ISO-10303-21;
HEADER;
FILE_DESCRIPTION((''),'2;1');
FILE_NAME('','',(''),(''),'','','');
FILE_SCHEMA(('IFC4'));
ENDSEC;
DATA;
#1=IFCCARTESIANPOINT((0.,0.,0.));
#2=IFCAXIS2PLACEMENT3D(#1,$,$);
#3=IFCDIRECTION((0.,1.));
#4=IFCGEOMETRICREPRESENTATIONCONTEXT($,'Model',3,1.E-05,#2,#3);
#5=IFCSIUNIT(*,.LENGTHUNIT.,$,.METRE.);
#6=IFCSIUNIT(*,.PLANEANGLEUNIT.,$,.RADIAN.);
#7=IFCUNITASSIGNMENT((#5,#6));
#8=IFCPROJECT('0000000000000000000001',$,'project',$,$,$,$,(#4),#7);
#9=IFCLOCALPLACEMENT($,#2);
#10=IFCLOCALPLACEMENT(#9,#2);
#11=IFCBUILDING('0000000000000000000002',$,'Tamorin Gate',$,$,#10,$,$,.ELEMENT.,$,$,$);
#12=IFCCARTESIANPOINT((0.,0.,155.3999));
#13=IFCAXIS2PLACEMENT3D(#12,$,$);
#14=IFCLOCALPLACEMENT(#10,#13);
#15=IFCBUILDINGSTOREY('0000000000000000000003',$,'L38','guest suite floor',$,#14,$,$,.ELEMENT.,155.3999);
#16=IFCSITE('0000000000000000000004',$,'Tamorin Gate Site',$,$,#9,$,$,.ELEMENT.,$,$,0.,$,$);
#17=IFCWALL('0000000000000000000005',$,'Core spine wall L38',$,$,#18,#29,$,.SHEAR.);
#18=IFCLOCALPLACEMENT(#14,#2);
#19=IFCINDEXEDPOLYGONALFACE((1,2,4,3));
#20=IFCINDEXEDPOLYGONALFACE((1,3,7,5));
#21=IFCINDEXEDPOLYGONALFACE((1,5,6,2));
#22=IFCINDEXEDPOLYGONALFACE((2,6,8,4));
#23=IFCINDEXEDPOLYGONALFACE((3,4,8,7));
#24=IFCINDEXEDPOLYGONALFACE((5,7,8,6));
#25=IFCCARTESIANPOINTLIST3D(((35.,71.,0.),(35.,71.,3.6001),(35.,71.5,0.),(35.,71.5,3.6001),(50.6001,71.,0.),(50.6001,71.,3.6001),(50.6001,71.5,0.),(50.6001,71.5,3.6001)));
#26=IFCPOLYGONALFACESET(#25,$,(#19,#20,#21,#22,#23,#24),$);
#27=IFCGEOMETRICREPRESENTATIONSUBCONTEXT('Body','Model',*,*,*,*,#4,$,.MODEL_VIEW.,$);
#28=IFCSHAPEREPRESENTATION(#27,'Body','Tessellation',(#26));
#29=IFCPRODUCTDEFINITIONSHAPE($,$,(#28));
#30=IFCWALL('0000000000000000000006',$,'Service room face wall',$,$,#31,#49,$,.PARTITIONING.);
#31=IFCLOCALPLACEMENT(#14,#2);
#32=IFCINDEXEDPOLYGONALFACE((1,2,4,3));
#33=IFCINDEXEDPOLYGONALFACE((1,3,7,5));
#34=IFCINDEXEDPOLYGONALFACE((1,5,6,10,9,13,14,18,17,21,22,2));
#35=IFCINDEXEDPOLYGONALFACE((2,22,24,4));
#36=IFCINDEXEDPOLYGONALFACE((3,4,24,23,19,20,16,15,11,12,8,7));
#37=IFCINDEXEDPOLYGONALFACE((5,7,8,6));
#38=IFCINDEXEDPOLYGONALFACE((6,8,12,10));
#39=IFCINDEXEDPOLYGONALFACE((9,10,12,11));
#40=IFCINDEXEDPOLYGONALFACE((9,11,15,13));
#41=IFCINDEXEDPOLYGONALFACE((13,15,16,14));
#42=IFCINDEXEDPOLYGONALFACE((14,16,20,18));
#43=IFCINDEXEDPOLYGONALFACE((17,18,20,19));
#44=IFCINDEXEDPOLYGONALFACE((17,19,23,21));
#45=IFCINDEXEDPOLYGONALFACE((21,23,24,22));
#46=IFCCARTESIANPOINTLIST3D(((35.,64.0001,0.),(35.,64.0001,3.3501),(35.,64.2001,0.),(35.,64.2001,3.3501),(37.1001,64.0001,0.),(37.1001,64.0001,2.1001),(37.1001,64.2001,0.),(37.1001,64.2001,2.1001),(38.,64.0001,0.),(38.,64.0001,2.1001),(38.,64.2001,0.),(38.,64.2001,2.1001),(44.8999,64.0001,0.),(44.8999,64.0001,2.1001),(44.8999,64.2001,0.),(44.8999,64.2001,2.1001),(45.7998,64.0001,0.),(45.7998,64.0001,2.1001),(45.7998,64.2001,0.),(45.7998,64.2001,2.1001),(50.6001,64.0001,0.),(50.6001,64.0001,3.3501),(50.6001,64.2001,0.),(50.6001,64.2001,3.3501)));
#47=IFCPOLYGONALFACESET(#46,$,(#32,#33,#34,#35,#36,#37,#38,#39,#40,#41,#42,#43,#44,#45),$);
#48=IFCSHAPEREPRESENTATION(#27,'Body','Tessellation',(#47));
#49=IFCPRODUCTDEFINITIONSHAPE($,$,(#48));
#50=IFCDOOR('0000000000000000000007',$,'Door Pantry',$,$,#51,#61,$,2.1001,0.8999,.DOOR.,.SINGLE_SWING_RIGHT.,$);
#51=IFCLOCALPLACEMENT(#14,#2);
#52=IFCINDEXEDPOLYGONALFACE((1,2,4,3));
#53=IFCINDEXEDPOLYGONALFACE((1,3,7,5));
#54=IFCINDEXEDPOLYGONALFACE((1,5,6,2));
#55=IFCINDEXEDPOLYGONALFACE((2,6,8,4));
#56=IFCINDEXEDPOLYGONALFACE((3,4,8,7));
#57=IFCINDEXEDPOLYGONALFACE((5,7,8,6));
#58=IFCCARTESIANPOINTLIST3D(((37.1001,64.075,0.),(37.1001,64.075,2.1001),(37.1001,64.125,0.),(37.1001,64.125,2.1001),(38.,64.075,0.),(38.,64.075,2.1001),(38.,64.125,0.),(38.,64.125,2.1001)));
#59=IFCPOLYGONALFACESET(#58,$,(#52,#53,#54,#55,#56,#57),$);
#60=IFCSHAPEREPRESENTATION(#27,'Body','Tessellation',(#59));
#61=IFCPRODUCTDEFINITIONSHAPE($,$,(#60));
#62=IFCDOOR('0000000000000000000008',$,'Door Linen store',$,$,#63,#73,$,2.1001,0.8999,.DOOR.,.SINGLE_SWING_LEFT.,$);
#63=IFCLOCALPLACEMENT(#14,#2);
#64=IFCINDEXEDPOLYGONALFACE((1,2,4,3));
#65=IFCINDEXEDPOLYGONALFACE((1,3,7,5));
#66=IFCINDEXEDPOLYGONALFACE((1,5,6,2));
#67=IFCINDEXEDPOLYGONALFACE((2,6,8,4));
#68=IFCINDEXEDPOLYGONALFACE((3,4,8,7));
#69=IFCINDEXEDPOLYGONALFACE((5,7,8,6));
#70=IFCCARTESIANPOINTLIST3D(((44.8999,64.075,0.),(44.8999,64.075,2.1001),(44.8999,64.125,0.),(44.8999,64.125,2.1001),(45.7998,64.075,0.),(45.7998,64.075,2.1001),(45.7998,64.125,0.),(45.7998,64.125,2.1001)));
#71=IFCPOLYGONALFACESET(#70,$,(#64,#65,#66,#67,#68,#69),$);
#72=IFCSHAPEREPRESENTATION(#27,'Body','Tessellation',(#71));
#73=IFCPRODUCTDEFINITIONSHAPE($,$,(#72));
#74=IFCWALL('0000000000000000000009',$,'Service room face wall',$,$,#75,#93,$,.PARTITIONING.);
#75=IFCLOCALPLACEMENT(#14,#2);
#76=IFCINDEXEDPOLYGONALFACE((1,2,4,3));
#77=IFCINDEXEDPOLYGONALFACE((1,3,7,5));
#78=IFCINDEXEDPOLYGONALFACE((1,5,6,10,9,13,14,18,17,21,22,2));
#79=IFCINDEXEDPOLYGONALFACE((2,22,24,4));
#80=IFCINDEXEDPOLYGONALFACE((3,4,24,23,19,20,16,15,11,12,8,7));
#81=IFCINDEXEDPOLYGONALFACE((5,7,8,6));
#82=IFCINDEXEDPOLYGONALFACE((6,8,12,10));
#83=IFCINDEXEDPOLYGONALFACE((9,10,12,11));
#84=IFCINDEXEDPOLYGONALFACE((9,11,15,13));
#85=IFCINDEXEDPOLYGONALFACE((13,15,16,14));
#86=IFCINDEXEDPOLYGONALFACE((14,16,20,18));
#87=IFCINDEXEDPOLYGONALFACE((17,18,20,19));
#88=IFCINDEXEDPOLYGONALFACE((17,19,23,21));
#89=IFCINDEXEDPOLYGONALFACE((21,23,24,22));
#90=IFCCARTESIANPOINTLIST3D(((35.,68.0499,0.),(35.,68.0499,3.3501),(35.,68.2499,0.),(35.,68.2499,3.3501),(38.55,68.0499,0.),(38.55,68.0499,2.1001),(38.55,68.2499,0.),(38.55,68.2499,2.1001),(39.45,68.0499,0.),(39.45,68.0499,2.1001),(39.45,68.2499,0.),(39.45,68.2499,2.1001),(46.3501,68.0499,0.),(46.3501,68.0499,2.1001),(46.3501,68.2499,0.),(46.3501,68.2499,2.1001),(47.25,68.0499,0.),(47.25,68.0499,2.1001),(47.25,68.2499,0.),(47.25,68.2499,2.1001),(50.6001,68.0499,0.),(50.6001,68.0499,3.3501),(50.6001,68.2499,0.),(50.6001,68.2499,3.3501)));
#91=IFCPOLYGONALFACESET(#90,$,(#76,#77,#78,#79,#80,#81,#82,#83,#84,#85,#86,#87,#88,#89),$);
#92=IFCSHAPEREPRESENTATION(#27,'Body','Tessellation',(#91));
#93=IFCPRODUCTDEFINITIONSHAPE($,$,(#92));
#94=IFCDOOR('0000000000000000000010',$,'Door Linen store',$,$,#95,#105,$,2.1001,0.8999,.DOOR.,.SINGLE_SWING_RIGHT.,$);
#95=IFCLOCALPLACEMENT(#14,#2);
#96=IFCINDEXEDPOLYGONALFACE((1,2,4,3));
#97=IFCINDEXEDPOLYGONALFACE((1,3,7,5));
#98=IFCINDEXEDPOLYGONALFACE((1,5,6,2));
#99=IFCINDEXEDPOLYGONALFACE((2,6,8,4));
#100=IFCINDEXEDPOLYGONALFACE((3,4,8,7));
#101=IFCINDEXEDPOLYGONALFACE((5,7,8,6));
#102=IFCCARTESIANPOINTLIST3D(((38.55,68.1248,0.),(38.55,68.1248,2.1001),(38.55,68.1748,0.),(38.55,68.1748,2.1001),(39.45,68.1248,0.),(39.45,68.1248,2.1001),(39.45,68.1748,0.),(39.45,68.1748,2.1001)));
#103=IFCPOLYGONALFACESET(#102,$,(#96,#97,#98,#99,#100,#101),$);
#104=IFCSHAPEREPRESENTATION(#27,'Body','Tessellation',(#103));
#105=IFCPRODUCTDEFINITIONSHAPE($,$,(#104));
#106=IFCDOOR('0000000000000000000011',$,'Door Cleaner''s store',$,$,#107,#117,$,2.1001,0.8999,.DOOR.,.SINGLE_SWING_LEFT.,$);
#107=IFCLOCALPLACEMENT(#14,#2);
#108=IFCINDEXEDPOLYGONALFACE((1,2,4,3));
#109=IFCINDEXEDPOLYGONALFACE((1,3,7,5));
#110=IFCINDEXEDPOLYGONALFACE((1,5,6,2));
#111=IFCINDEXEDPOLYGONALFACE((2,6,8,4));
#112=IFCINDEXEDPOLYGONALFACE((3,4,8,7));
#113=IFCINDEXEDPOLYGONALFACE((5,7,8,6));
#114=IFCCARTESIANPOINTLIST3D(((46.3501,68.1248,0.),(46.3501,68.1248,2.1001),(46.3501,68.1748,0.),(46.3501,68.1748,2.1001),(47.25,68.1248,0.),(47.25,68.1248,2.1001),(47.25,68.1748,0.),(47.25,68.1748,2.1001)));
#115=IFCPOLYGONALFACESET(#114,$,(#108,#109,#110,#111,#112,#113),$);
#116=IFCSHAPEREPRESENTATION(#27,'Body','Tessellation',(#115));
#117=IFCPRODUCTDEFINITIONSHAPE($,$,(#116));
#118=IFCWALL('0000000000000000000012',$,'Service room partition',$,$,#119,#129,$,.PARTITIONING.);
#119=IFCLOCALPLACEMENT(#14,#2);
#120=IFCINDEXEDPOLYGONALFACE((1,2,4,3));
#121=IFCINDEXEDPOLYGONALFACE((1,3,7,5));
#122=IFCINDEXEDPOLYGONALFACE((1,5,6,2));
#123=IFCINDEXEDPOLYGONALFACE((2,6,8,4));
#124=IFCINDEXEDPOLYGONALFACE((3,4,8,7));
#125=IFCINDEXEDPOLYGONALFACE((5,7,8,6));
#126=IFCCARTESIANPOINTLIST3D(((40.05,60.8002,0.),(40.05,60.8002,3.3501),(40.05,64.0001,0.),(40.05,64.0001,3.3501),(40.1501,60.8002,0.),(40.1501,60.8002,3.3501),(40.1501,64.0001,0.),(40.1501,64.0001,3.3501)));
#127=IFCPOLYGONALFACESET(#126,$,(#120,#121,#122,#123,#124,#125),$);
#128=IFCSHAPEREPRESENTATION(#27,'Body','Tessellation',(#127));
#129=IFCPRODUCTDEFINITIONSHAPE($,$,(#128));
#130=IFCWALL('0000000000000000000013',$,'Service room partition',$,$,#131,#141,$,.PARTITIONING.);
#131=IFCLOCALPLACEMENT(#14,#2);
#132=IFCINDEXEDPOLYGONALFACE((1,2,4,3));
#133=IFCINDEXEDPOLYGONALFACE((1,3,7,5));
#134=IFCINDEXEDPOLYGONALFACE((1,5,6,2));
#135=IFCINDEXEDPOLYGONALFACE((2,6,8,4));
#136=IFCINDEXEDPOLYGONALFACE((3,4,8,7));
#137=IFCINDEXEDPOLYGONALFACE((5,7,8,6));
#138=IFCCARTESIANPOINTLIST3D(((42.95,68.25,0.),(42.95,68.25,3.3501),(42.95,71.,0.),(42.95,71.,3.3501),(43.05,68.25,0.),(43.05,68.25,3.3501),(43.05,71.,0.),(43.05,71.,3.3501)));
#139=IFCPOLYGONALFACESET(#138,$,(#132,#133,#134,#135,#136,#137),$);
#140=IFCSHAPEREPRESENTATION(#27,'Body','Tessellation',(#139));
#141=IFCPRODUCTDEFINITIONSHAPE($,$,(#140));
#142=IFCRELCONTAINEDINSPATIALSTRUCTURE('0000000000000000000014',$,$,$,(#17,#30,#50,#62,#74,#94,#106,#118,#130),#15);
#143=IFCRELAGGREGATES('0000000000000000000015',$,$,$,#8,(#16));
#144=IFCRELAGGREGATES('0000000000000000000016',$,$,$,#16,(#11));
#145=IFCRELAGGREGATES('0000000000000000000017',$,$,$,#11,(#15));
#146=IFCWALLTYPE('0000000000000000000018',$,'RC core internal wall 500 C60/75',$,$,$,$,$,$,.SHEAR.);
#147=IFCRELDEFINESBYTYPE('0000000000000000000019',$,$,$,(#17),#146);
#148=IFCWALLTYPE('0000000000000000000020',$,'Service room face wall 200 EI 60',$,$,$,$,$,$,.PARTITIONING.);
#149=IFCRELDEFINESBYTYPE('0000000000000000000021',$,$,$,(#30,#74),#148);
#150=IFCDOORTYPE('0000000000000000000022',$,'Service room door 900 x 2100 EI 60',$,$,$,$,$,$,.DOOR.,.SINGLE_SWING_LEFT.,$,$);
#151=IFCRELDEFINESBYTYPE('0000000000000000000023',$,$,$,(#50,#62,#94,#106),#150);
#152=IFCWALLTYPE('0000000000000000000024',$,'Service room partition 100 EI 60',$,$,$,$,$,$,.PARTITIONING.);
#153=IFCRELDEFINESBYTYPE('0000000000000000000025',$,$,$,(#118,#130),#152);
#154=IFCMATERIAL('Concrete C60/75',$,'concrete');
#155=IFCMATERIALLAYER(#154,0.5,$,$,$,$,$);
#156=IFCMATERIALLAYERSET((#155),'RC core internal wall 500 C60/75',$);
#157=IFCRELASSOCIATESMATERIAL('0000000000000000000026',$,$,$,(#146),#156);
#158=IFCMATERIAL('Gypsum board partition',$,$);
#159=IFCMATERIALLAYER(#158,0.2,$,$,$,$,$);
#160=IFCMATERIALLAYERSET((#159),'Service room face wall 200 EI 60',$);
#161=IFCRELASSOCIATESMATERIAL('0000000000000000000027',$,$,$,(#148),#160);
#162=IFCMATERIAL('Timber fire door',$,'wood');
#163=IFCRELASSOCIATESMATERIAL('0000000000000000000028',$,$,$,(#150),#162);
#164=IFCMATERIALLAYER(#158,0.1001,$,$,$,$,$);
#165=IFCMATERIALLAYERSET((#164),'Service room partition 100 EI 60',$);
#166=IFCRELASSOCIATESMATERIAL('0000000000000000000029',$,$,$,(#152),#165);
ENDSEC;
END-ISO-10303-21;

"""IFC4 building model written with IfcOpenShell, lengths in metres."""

from ifc_helpers import new_model, si_unit, direction, frame, frame_2d, origin, place, context, subcontext, project, spatial, rectangle, extrude, material, layer, layer_set, type_object, element, fill, save


model = new_model("IFC4")

# Units and contexts
model_context = context("Model", 3, precision=1e-05, world=origin(), true_north=direction((0.0, 1.0)))
body_context = subcontext(model_context, "Body", "Model", "MODEL_VIEW")
ifc_project = project(units=[si_unit("LENGTHUNIT", "METRE"), si_unit("PLANEANGLEUNIT", "RADIAN")], contexts=[model_context])

# Site, building, storey
site_placement = place(None, origin())
site = spatial("IfcSite", under=ifc_project, at=site_placement, Name="Tamorin Gate Site", CompositionType="ELEMENT", RefElevation=0.0)
building_placement = place(site_placement, origin())
building = spatial("IfcBuilding", under=site, at=building_placement, Name="Tamorin Gate", CompositionType="ELEMENT")
storey_placement = place(building_placement, frame((0.0, 0.0, 155.3999)))
storey = spatial("IfcBuildingStorey", under=building, at=storey_placement, Name="L38", Description="guest suite floor", CompositionType="ELEMENT", Elevation=155.3999)

# Wall
ifc_material_1 = material(Name="Concrete C60/75", Category="concrete")
ifc_layer_1 = layer(ifc_material_1, 0.5)
ifc_layer_set_1 = layer_set([ifc_layer_1], Name="RC core internal wall 500 C60/75")
wall_type_1 = type_object("IfcWallType", Name="RC core internal wall 500 C60/75", PredefinedType="SHEAR", material=ifc_layer_set_1)
wall_1_placement = place(storey_placement, frame((35.0, 71.25, 0.0), z_axis=(0.0, 0.0, 1.0), x_axis=(1.0, 0.0, 0.0)))
element("IfcWall", 1, at=wall_1_placement, inside=storey, type_object=wall_type_1, Name="Core spine wall L38", PredefinedType="SHEAR", context=body_context, shape_type="SweptSolid", body=[
    extrude(rectangle(XDim=15.6001, YDim=0.5, at=frame_2d((7.8, 0.0))), origin(), (0.0, 0.0, 1.0), 3.6001),
])

# Walls, openings, doors
ifc_material_2 = material(Name="Gypsum board partition")
ifc_layer_2 = layer(ifc_material_2, 0.2)
ifc_layer_set_2 = layer_set([ifc_layer_2], Name="Service room face wall 200 EI 60")
wall_type_2 = type_object("IfcWallType", Name="Service room face wall 200 EI 60", PredefinedType="PARTITIONING", material=ifc_layer_set_2)
wall_2_placement = place(storey_placement, frame((35.0, 64.1001, 0.0), z_axis=(0.0, 0.0, 1.0), x_axis=(1.0, 0.0, 0.0)))
wall_2 = element("IfcWall", 2, at=wall_2_placement, inside=storey, type_object=wall_type_2, Name="Service room face wall", PredefinedType="PARTITIONING", context=body_context, shape_type="SweptSolid", body=[
    extrude(rectangle(XDim=15.6001, YDim=0.2, at=frame_2d((7.8, 0.0))), origin(), (0.0, 0.0, 1.0), 3.3501),
])
opening_1_placement = place(wall_2_placement, frame((2.1001, 0.0, 0.0)))
opening_1 = element("IfcOpeningElement", 3, at=opening_1_placement, cuts=wall_2, PredefinedType="OPENING", context=body_context, shape_type="SweptSolid", body=[
    extrude(rectangle(XDim=0.8999, YDim=2.1001, at=frame_2d((0.45, 1.05))), frame((0.0, 0.1099, 0.0), z_axis=(0.0, -1.0, 0.0), x_axis=(1.0, 0.0, 0.0)), (0.0, 0.0, 1.0), 0.22),
])
opening_2_placement = place(wall_2_placement, frame((9.8999, 0.0, 0.0)))
opening_2 = element("IfcOpeningElement", 4, at=opening_2_placement, cuts=wall_2, PredefinedType="OPENING", context=body_context, shape_type="SweptSolid", body=[
    extrude(rectangle(XDim=0.8999, YDim=2.1001, at=frame_2d((0.45, 1.05))), frame((0.0, 0.1099, 0.0), z_axis=(0.0, -1.0, 0.0), x_axis=(1.0, 0.0, 0.0)), (0.0, 0.0, 1.0), 0.22),
])
ifc_material_3 = material(Name="Timber fire door", Category="wood")
door_type = type_object("IfcDoorType", Name="Service room door 900 x 2100 EI 60", OperationType="SINGLE_SWING_LEFT", PredefinedType="DOOR", material=ifc_material_3)
door_1_placement = place(opening_1_placement, origin())
door_1 = element("IfcDoor", 5, at=door_1_placement, inside=storey, type_object=door_type, Name="Door Pantry", OperationType="SINGLE_SWING_RIGHT", OverallHeight=2.1001, OverallWidth=0.8999, PredefinedType="DOOR", context=body_context, shape_type="SweptSolid", body=[
    extrude(rectangle(XDim=0.8999, YDim=2.1001, at=frame_2d((0.45, 1.05))), frame((0.0, 0.0249, 0.0), z_axis=(0.0, -1.0, 0.0), x_axis=(1.0, 0.0, 0.0)), (0.0, 0.0, 1.0), 0.05),
])
fill(opening_1, door_1)
door_2_placement = place(opening_2_placement, origin())
door_2 = element("IfcDoor", 6, at=door_2_placement, inside=storey, type_object=door_type, Name="Door Linen store", OperationType="SINGLE_SWING_LEFT", OverallHeight=2.1001, OverallWidth=0.8999, PredefinedType="DOOR", context=body_context, shape_type="SweptSolid", body=[
    extrude(rectangle(XDim=0.8999, YDim=2.1001, at=frame_2d((0.45, 1.05))), frame((0.0, 0.0249, 0.0), z_axis=(0.0, -1.0, 0.0), x_axis=(1.0, 0.0, 0.0)), (0.0, 0.0, 1.0), 0.05),
])
fill(opening_2, door_2)
wall_3_placement = place(storey_placement, frame((35.0, 68.1499, 0.0), z_axis=(0.0, 0.0, 1.0), x_axis=(1.0, 0.0, 0.0)))
wall_3 = element("IfcWall", 7, at=wall_3_placement, inside=storey, type_object=wall_type_2, Name="Service room face wall", PredefinedType="PARTITIONING", context=body_context, shape_type="SweptSolid", body=[
    extrude(rectangle(XDim=15.6001, YDim=0.2, at=frame_2d((7.8, 0.0))), origin(), (0.0, 0.0, 1.0), 3.3501),
])
opening_3_placement = place(wall_3_placement, frame((3.55, 0.0, 0.0)))
opening_3 = element("IfcOpeningElement", 8, at=opening_3_placement, cuts=wall_3, PredefinedType="OPENING", context=body_context, shape_type="SweptSolid", body=[
    extrude(rectangle(XDim=0.8999, YDim=2.1001, at=frame_2d((0.45, 1.05))), frame((0.0, 0.1099, 0.0), z_axis=(0.0, -1.0, 0.0), x_axis=(1.0, 0.0, 0.0)), (0.0, 0.0, 1.0), 0.22),
])
opening_4_placement = place(wall_3_placement, frame((11.3501, 0.0, 0.0)))
opening_4 = element("IfcOpeningElement", 9, at=opening_4_placement, cuts=wall_3, PredefinedType="OPENING", context=body_context, shape_type="SweptSolid", body=[
    extrude(rectangle(XDim=0.8999, YDim=2.1001, at=frame_2d((0.45, 1.05))), frame((0.0, 0.1099, 0.0), z_axis=(0.0, -1.0, 0.0), x_axis=(1.0, 0.0, 0.0)), (0.0, 0.0, 1.0), 0.22),
])
door_3_placement = place(opening_3_placement, origin())
door_3 = element("IfcDoor", 10, at=door_3_placement, inside=storey, type_object=door_type, Name="Door Linen store", OperationType="SINGLE_SWING_RIGHT", OverallHeight=2.1001, OverallWidth=0.8999, PredefinedType="DOOR", context=body_context, shape_type="SweptSolid", body=[
    extrude(rectangle(XDim=0.8999, YDim=2.1001, at=frame_2d((0.45, 1.05))), frame((0.0, 0.0249, 0.0), z_axis=(0.0, -1.0, 0.0), x_axis=(1.0, 0.0, 0.0)), (0.0, 0.0, 1.0), 0.05),
])
fill(opening_3, door_3)
door_4_placement = place(opening_4_placement, origin())
door_4 = element("IfcDoor", 11, at=door_4_placement, inside=storey, type_object=door_type, Name="Door Cleaner's store", OperationType="SINGLE_SWING_LEFT", OverallHeight=2.1001, OverallWidth=0.8999, PredefinedType="DOOR", context=body_context, shape_type="SweptSolid", body=[
    extrude(rectangle(XDim=0.8999, YDim=2.1001, at=frame_2d((0.45, 1.05))), frame((0.0, 0.0249, 0.0), z_axis=(0.0, -1.0, 0.0), x_axis=(1.0, 0.0, 0.0)), (0.0, 0.0, 1.0), 0.05),
])
fill(opening_4, door_4)

# Walls
ifc_layer_3 = layer(ifc_material_2, 0.1001)
ifc_layer_set_3 = layer_set([ifc_layer_3], Name="Service room partition 100 EI 60")
wall_type_3 = type_object("IfcWallType", Name="Service room partition 100 EI 60", PredefinedType="PARTITIONING", material=ifc_layer_set_3)
wall_4_placement = place(storey_placement, frame((40.1001, 60.8, 0.0), z_axis=(0.0, 0.0, 1.0), x_axis=(0.0, 1.0, 0.0)))
element("IfcWall", 12, at=wall_4_placement, inside=storey, type_object=wall_type_3, Name="Service room partition", PredefinedType="PARTITIONING", context=body_context, shape_type="SweptSolid", body=[
    extrude(rectangle(XDim=3.2, YDim=0.1001, at=frame_2d((1.6001, 0.0))), origin(), (0.0, 0.0, 1.0), 3.3501),
])
wall_5_placement = place(storey_placement, frame((43.0, 68.25, 0.0), z_axis=(0.0, 0.0, 1.0), x_axis=(0.0, 1.0, 0.0)))
element("IfcWall", 13, at=wall_5_placement, inside=storey, type_object=wall_type_3, Name="Service room partition", PredefinedType="PARTITIONING", context=body_context, shape_type="SweptSolid", body=[
    extrude(rectangle(XDim=2.75, YDim=0.1001, at=frame_2d((1.375, 0.0))), origin(), (0.0, 0.0, 1.0), 3.3501),
])

save(model, "model.ifc")
